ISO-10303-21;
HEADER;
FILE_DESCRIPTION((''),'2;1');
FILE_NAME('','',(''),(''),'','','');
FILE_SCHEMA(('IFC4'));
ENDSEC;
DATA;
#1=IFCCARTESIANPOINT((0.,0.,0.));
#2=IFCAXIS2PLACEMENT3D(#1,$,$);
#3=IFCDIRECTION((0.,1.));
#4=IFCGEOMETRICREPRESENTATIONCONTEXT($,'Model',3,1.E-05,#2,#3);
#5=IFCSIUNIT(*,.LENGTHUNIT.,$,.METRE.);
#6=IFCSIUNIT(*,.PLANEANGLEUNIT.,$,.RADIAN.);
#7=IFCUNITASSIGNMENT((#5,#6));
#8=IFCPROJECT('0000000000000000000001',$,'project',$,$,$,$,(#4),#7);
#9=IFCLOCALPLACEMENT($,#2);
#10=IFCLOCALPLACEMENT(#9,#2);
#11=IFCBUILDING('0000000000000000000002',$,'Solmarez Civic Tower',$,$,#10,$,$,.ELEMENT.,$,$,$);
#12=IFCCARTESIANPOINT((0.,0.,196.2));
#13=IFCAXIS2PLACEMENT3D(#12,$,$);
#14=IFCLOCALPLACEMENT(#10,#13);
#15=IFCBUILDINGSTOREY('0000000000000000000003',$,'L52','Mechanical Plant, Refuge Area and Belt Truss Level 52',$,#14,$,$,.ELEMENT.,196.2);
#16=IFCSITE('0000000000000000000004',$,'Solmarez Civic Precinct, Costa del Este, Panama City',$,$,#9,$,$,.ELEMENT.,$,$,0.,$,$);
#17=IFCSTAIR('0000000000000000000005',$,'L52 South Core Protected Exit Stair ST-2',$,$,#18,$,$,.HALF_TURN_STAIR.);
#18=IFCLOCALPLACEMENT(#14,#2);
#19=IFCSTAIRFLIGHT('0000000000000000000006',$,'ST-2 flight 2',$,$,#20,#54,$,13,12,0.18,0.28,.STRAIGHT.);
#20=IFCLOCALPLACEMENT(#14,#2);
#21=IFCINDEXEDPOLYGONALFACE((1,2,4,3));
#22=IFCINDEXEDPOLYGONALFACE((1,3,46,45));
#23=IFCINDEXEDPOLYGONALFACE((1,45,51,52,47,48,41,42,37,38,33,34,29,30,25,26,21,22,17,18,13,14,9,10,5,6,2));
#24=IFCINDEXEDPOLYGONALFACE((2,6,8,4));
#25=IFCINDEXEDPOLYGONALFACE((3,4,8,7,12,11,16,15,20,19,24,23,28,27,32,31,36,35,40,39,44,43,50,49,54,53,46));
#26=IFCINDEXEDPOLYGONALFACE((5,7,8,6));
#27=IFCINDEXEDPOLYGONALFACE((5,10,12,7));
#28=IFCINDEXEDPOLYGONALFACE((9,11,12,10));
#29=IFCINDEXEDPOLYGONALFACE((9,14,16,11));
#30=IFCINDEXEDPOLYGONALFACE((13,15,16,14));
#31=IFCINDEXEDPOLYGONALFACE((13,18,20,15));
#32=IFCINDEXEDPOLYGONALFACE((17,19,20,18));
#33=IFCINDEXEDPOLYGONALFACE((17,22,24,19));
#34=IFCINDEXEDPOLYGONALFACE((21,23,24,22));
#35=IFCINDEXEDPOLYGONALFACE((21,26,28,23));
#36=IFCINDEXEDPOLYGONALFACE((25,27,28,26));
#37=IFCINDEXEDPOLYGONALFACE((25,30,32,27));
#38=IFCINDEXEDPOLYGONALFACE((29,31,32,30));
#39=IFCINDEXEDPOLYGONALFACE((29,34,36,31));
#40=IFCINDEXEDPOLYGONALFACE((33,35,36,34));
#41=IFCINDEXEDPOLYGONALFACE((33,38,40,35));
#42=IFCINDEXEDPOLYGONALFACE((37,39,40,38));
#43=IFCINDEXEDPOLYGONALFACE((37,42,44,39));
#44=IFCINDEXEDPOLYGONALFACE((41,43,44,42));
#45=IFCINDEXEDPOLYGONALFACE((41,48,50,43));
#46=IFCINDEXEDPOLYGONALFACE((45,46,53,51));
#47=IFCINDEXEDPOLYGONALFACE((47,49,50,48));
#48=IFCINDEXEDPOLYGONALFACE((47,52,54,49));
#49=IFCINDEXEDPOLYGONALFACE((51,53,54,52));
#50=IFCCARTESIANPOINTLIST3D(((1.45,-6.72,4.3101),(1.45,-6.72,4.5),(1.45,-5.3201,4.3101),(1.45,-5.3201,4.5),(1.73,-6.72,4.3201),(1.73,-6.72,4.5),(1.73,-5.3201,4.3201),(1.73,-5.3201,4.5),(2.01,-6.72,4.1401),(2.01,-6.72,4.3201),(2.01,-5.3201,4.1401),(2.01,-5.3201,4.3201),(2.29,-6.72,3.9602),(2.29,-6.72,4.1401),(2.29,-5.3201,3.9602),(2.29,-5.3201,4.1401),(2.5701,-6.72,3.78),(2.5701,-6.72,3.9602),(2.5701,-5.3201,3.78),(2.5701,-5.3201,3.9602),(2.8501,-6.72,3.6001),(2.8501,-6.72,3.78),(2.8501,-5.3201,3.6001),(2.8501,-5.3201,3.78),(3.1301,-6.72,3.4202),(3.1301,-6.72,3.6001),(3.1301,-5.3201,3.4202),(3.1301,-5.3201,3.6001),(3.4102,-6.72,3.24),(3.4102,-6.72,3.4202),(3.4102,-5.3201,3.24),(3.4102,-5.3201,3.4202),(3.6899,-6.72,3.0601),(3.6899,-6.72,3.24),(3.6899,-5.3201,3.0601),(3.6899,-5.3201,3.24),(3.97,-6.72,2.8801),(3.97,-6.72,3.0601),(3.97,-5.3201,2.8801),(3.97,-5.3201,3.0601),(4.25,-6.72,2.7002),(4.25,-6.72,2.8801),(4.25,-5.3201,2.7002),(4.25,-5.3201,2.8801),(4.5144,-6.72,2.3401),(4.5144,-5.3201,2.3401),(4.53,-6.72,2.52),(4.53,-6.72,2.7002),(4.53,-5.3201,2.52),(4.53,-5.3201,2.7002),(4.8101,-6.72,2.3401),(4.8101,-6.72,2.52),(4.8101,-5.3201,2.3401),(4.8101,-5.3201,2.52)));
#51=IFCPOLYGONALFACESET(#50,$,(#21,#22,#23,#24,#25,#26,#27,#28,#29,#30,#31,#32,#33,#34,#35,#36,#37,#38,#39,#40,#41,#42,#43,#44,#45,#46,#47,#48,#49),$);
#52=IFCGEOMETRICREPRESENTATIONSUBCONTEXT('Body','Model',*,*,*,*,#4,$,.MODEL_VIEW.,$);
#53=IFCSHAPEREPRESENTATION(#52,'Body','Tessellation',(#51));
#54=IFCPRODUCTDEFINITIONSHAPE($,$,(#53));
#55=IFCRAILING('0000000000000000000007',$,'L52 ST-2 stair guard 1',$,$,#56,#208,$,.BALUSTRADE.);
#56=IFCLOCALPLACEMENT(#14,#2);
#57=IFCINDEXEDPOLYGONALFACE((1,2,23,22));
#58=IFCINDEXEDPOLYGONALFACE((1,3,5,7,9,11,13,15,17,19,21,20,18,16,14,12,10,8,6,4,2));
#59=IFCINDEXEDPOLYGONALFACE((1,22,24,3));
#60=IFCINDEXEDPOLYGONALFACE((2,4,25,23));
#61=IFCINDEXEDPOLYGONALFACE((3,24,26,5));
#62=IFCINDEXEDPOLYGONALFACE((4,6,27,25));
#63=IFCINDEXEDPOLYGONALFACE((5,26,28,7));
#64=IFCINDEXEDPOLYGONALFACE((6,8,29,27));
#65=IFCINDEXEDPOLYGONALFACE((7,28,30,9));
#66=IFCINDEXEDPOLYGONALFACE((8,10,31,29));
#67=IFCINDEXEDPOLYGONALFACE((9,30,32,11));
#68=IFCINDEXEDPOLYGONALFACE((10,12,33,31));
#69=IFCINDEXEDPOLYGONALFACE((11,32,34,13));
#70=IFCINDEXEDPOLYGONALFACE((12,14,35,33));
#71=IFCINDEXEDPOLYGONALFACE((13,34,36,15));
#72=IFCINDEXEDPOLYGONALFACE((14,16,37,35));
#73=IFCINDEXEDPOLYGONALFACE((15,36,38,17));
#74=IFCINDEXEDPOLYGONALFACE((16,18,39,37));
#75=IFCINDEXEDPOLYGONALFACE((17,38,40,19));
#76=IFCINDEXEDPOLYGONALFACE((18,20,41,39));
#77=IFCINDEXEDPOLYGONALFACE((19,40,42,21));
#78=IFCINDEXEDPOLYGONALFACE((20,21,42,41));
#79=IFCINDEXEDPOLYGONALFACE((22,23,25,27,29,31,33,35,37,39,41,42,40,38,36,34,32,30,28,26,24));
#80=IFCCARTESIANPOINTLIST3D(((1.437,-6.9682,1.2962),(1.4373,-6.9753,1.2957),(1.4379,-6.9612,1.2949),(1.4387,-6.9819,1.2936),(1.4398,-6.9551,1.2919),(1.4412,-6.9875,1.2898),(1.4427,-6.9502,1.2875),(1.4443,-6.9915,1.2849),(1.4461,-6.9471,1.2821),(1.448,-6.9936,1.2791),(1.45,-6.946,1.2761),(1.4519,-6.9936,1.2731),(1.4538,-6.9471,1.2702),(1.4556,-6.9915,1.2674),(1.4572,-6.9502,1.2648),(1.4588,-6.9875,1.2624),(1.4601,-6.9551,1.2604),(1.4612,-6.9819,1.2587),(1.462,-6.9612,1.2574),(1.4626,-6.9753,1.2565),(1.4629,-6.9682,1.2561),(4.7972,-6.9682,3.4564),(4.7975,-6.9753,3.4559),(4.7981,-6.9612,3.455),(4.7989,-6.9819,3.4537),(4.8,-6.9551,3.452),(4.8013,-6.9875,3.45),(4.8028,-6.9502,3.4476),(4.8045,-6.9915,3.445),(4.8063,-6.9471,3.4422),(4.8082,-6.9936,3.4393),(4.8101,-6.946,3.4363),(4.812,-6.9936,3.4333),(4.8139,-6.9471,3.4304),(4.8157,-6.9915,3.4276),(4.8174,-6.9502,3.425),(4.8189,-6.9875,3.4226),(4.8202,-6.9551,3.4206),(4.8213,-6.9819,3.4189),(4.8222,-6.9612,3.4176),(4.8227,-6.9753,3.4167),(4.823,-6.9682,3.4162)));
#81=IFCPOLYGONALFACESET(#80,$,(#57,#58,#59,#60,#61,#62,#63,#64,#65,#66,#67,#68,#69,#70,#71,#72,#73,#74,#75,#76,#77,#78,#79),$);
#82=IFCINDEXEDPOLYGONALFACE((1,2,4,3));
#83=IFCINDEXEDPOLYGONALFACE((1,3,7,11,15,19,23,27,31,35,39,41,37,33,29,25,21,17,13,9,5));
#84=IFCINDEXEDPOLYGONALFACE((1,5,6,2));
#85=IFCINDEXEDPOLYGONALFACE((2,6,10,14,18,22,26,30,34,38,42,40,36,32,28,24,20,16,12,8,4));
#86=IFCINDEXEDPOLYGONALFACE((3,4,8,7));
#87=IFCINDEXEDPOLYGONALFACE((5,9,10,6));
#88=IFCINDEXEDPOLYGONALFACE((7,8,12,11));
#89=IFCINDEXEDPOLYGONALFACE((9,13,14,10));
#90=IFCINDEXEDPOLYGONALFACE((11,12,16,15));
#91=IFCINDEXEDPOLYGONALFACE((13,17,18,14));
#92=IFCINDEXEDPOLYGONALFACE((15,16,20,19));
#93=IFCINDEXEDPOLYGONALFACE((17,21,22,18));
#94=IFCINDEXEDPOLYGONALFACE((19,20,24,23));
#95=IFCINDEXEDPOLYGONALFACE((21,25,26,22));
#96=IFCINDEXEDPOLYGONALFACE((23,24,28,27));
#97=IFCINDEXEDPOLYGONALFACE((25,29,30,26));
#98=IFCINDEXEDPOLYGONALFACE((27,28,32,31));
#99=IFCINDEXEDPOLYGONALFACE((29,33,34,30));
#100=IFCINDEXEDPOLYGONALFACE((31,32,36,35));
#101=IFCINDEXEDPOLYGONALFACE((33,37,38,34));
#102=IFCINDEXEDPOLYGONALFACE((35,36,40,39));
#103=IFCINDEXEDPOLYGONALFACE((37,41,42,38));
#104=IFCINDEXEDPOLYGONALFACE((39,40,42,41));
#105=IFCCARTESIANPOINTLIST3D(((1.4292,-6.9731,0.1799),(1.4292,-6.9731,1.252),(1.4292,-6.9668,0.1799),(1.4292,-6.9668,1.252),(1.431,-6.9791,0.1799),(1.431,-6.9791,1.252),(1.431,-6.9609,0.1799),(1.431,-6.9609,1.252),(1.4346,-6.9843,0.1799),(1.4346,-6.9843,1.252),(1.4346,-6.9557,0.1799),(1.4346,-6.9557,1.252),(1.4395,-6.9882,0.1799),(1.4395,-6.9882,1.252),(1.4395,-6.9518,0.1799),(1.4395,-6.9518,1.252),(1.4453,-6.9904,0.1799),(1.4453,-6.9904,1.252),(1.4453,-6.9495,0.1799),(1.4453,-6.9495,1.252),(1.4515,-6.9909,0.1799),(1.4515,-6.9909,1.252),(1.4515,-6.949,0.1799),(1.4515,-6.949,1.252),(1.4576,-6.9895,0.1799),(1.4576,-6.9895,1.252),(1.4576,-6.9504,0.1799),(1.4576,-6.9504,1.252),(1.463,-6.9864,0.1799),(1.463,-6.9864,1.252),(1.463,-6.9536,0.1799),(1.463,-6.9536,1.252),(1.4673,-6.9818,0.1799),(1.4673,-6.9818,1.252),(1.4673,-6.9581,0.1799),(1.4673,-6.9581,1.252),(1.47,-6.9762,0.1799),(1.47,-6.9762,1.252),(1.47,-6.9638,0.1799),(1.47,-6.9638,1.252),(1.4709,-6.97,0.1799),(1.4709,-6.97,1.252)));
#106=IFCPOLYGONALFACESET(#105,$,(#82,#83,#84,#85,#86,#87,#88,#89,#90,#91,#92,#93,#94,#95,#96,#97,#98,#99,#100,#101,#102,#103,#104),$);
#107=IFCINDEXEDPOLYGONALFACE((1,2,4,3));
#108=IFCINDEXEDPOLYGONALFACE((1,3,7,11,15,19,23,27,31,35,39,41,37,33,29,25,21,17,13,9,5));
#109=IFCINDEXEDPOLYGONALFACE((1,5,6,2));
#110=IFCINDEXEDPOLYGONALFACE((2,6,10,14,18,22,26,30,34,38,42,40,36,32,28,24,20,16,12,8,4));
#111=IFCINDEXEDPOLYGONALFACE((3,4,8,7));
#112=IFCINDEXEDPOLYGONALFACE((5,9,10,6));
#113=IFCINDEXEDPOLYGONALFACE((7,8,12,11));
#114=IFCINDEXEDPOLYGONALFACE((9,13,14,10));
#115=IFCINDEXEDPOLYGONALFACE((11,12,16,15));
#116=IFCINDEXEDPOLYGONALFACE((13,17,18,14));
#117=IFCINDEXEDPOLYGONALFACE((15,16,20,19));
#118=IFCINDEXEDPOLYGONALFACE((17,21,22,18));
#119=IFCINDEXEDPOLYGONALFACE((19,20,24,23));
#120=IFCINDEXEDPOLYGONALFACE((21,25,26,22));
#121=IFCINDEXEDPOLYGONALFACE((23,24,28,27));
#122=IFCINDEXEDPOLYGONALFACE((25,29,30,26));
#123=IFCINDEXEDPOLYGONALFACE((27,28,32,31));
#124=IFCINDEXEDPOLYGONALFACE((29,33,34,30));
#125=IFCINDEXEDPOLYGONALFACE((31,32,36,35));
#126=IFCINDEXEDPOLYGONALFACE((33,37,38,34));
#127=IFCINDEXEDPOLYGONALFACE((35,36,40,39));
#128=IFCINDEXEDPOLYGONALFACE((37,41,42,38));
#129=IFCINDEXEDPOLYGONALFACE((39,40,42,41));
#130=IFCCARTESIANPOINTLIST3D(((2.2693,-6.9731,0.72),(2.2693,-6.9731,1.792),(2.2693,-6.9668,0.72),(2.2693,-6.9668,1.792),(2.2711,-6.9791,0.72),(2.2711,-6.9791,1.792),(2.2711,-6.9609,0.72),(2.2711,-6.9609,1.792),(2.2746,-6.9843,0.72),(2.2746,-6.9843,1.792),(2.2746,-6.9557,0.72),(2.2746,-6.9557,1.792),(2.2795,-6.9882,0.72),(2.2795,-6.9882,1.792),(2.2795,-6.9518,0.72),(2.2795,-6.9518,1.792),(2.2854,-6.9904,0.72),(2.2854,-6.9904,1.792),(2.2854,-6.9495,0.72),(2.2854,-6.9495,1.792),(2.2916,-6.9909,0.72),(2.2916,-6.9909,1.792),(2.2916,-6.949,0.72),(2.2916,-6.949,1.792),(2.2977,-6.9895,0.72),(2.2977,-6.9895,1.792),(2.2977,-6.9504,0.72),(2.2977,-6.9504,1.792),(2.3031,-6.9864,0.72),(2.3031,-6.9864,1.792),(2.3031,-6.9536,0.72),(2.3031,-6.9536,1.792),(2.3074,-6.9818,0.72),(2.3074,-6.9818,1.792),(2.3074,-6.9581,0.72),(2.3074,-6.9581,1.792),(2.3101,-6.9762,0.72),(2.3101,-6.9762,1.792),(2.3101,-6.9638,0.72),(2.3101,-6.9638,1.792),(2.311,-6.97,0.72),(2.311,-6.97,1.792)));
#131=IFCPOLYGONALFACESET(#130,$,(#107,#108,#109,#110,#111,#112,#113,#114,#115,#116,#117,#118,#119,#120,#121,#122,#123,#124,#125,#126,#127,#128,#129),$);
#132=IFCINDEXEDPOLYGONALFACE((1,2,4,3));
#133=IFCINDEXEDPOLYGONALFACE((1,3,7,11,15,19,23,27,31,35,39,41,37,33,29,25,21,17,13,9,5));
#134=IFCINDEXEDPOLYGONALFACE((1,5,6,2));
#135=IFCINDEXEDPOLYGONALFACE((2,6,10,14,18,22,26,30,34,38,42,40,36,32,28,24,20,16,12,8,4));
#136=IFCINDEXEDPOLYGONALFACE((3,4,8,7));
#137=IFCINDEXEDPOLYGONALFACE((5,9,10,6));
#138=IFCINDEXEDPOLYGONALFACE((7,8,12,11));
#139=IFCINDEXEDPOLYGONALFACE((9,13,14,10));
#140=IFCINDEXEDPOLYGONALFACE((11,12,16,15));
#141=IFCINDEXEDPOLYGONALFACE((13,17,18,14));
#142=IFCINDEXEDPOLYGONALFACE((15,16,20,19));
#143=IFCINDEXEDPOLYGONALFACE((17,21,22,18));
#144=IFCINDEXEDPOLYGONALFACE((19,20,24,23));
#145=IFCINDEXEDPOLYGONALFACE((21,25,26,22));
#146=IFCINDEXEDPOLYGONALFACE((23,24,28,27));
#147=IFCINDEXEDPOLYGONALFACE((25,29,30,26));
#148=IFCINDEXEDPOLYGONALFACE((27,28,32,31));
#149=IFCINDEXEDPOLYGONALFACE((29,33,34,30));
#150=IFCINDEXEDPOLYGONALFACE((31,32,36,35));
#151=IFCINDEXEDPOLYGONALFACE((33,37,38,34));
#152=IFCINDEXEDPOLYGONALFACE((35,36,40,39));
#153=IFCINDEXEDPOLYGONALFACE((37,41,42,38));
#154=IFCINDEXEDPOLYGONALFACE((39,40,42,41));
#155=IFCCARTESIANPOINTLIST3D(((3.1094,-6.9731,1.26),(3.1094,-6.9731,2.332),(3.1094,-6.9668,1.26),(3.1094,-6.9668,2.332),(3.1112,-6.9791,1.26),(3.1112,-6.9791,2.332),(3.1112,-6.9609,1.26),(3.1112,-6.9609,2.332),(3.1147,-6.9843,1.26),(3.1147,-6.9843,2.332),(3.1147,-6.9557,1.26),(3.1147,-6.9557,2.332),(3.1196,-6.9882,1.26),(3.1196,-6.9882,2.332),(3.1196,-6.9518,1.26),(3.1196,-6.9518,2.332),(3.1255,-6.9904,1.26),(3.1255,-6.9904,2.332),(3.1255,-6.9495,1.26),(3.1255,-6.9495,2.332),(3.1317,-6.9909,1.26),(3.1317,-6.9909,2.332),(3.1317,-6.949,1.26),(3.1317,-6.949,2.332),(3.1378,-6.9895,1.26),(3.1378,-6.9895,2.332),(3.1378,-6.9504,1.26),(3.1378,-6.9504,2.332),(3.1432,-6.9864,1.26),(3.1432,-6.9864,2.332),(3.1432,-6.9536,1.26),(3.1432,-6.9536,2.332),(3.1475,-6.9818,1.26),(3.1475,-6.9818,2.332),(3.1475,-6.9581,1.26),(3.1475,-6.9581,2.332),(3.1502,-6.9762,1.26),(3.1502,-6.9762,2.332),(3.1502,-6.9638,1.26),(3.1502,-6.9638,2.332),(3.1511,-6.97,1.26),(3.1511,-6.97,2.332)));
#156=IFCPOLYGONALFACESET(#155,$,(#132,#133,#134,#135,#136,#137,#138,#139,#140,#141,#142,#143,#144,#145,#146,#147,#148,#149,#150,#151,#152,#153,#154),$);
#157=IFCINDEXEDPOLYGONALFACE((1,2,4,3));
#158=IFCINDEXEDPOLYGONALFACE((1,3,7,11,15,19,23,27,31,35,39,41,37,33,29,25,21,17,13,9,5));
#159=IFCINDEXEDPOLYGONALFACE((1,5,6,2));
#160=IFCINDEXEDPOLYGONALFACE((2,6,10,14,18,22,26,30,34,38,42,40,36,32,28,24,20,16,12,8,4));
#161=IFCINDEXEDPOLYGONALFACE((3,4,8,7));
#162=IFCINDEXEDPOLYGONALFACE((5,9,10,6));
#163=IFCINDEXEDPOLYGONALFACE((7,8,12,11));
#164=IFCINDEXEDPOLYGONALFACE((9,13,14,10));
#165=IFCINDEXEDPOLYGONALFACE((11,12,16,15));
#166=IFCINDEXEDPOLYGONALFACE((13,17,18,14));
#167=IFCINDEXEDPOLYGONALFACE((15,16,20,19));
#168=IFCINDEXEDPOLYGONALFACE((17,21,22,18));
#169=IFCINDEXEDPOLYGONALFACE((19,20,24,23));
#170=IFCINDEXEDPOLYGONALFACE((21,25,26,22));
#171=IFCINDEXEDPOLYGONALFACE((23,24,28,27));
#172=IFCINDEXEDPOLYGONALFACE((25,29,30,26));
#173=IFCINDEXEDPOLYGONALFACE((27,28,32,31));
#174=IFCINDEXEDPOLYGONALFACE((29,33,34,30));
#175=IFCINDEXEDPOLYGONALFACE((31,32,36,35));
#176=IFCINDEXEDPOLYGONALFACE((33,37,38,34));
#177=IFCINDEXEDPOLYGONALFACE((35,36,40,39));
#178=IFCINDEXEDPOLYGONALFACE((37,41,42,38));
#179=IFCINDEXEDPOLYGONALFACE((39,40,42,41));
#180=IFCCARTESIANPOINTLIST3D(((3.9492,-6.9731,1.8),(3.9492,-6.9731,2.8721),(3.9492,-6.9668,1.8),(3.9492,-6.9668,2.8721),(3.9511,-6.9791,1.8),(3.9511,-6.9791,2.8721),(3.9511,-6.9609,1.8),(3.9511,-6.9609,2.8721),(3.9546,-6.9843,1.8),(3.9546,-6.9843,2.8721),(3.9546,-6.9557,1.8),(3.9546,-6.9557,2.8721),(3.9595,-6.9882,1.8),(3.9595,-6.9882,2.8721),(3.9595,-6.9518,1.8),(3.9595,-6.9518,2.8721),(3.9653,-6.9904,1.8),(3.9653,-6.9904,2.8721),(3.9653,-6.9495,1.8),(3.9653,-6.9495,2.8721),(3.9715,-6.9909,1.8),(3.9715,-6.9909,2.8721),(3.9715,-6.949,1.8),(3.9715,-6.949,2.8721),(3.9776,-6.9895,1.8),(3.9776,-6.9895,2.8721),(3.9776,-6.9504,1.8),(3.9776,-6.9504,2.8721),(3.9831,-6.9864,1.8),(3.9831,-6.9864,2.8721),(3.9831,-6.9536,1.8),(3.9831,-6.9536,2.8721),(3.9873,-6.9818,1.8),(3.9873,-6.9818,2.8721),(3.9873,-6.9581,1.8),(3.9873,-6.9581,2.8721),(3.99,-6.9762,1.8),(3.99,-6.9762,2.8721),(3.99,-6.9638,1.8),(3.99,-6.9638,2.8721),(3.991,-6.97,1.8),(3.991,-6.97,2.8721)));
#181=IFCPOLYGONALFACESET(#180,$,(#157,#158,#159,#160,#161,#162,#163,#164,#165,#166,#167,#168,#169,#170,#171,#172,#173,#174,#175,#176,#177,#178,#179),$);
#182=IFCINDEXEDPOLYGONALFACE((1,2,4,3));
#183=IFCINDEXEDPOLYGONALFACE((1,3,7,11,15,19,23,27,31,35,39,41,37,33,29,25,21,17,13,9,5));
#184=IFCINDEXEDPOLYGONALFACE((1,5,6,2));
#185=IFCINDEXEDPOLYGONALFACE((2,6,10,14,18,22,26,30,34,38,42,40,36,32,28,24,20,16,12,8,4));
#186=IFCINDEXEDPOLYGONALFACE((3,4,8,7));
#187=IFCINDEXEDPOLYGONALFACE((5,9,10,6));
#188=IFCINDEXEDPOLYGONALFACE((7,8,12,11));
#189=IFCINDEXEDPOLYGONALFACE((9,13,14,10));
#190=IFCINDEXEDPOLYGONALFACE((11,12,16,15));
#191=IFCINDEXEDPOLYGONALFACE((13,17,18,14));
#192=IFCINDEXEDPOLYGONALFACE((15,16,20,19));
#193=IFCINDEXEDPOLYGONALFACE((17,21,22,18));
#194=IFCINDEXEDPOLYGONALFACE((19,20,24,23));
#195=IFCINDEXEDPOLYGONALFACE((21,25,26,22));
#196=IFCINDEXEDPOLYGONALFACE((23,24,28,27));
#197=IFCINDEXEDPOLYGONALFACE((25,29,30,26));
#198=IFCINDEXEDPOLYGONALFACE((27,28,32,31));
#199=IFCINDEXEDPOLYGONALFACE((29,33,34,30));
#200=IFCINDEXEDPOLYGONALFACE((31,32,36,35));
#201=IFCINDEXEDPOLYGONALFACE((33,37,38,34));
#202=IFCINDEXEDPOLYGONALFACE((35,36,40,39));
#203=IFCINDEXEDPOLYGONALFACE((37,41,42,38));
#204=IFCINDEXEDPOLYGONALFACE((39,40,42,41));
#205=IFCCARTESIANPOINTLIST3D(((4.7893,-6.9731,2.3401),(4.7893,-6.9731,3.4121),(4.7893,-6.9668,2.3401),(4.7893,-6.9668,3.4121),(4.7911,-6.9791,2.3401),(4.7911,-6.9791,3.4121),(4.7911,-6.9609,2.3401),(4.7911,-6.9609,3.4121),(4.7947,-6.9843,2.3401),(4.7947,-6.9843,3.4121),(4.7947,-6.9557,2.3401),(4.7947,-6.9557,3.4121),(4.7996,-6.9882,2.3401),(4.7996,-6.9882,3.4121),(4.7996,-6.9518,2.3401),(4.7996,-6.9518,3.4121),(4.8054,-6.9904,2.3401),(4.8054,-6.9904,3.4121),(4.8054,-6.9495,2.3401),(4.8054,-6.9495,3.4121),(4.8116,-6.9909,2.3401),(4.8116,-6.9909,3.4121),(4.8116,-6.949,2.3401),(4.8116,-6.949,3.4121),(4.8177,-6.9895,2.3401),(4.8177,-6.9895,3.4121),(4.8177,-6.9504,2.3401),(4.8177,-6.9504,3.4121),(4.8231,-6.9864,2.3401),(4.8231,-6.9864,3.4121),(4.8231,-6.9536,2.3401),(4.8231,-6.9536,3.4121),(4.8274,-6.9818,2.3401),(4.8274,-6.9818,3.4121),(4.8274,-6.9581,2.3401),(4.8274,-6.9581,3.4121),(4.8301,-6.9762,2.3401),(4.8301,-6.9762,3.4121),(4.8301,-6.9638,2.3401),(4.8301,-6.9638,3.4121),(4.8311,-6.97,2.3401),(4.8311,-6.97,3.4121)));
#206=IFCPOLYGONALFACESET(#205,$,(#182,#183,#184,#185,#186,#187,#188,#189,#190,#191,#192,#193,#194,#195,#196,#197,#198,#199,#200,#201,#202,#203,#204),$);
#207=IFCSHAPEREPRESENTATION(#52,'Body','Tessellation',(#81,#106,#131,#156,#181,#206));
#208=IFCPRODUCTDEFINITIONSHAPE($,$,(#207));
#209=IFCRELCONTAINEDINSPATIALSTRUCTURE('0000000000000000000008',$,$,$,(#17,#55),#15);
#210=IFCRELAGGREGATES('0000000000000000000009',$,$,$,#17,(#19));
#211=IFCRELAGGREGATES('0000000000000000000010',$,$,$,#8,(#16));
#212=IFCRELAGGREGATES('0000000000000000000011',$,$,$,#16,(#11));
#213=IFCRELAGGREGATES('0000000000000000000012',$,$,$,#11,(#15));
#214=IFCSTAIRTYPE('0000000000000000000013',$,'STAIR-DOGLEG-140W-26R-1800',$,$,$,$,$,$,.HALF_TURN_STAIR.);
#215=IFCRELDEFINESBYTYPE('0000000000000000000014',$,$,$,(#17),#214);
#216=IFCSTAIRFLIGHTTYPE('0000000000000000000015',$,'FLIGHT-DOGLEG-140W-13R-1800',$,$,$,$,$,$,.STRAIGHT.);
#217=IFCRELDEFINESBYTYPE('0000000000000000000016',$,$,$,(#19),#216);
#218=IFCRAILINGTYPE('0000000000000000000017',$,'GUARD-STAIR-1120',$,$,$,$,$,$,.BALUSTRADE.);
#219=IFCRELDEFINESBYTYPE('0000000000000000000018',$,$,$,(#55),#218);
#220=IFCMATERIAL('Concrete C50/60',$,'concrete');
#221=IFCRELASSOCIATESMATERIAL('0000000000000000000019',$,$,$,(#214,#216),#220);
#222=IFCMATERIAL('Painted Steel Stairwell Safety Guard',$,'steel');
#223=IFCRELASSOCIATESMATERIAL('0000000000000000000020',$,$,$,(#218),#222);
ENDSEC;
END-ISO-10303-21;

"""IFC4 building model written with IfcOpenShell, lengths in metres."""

from ifc_helpers import new_model, si_unit, direction, frame, origin, origin_2d, place, context, subcontext, project, spatial, polyline, circle, outline, extrude, material, type_object, element, aggregate, save


model = new_model("IFC4")

# Units and contexts
model_context = context("Model", 3, precision=1e-05, world=origin(), true_north=direction((0.0, 1.0)))
body_context = subcontext(model_context, "Body", "Model", "MODEL_VIEW")
ifc_project = project(units=[si_unit("LENGTHUNIT", "METRE"), si_unit("PLANEANGLEUNIT", "RADIAN")], contexts=[model_context])

# Site, building, storey
site_placement = place(None, origin())
site = spatial("IfcSite", under=ifc_project, at=site_placement, Name="Solmarez Civic Precinct, Costa del Este, Panama City", CompositionType="ELEMENT", RefElevation=0.0)
building_placement = place(site_placement, origin())
building = spatial("IfcBuilding", under=site, at=building_placement, Name="Solmarez Civic Tower", CompositionType="ELEMENT")
storey_placement = place(building_placement, frame((0.0, 0.0, 196.2)))
storey = spatial("IfcBuildingStorey", under=building, at=storey_placement, Name="L52", Description="Mechanical Plant, Refuge Area and Belt Truss Level 52", CompositionType="ELEMENT", Elevation=196.2)

# Shared definitions
ifc_material_1 = material(Name="Concrete C50/60", Category="concrete")

# Shared definitions
stair_type = type_object("IfcStairType", Name="STAIR-DOGLEG-140W-26R-1800", PredefinedType="HALF_TURN_STAIR", material=ifc_material_1)

# Stair, stair flight
stair_1_placement = place(storey_placement, origin())
stair_1 = element("IfcStair", 1, at=stair_1_placement, inside=storey, type_object=stair_type, Name="L52 South Core Protected Exit Stair ST-2", PredefinedType="HALF_TURN_STAIR")
stair_flight_type = type_object("IfcStairFlightType", Name="FLIGHT-DOGLEG-140W-13R-1800", PredefinedType="STRAIGHT", material=ifc_material_1)
stair_flight_1_placement = place(storey_placement, frame((4.8101, -6.02, 2.3401), z_axis=(0.0, 0.0, 1.0), x_axis=(-1.0, 0.0, 0.0)))
stair_flight_1 = element("IfcStairFlight", 2, at=stair_flight_1_placement, type_object=stair_flight_type, Name="ST-2 flight 2", NumberOfRisers=13, NumberOfTreads=12, PredefinedType="STRAIGHT", RiserHeight=0.18, TreadLength=0.28, context=body_context, shape_type="SweptSolid", body=[
    extrude(outline(polyline([(0.0, 0.0), (0.0, 0.1799), (0.28, 0.1799), (0.28, 0.3601), (0.5601, 0.3601), (0.5601, 0.54), (0.8401, 0.54), (0.8401, 0.72), (1.1201, 0.72), (1.1201, 0.8999), (1.3999, 0.8999), (1.3999, 1.0801), (1.6799, 1.0801), (1.6799, 1.26), (1.96, 1.26), (1.96, 1.4399), (2.24, 1.4399), (2.24, 1.6201), (2.52, 1.6201), (2.52, 1.8), (2.8, 1.8), (2.8, 1.98), (3.0801, 1.98), (3.0801, 2.1599), (3.3601, 2.1599), (3.3601, 2.3401), (3.3601, 1.97), (0.2957, 0.0), (0.0, 0.0)])), frame((0.0, 0.7, 0.0), z_axis=(0.0, -1.0, 0.0), x_axis=(1.0, 0.0, 0.0)), (0.0, 0.0, 1.0), 1.3999),
])
aggregate(stair_1, [stair_flight_1])

# Railing
ifc_material_2 = material(Name="Painted Steel Stairwell Safety Guard", Category="steel")
railing_type_1 = type_object("IfcRailingType", Name="GUARD-STAIR-1120", PredefinedType="BALUSTRADE", material=ifc_material_2)
railing_1_placement = place(storey_placement, frame((1.45, -6.97, 0.1799)))
element("IfcRailing", 3, at=railing_1_placement, inside=storey, type_object=railing_type_1, Name="L52 ST-2 stair guard 1", PredefinedType="BALUSTRADE", context=body_context, shape_type="SweptSolid", body=[
    extrude(circle(Radius=0.0239, at=origin_2d()), frame((0.0, 0.0, 1.0962), z_axis=(0.841169, 0.0, 0.540773), x_axis=(0.0, 1.0, 0.0)), (0.0, 0.0, 1.0), 3.9946),
    extrude(circle(Radius=0.021, at=origin_2d()), origin(), (0.0, 0.0, 1.0), 1.072),
    extrude(circle(Radius=0.021, at=origin_2d()), frame((0.8401, 0.0, 0.54)), (0.0, 0.0, 1.0), 1.072),
    extrude(circle(Radius=0.021, at=origin_2d()), frame((1.6802, 0.0, 1.0801)), (0.0, 0.0, 1.0), 1.072),
    extrude(circle(Radius=0.021, at=origin_2d()), frame((2.52, 0.0, 1.6201)), (0.0, 0.0, 1.0), 1.072),
    extrude(circle(Radius=0.021, at=origin_2d()), frame((3.3601, 0.0, 2.1602)), (0.0, 0.0, 1.0), 1.072),
])

save(model, "model.ifc")
